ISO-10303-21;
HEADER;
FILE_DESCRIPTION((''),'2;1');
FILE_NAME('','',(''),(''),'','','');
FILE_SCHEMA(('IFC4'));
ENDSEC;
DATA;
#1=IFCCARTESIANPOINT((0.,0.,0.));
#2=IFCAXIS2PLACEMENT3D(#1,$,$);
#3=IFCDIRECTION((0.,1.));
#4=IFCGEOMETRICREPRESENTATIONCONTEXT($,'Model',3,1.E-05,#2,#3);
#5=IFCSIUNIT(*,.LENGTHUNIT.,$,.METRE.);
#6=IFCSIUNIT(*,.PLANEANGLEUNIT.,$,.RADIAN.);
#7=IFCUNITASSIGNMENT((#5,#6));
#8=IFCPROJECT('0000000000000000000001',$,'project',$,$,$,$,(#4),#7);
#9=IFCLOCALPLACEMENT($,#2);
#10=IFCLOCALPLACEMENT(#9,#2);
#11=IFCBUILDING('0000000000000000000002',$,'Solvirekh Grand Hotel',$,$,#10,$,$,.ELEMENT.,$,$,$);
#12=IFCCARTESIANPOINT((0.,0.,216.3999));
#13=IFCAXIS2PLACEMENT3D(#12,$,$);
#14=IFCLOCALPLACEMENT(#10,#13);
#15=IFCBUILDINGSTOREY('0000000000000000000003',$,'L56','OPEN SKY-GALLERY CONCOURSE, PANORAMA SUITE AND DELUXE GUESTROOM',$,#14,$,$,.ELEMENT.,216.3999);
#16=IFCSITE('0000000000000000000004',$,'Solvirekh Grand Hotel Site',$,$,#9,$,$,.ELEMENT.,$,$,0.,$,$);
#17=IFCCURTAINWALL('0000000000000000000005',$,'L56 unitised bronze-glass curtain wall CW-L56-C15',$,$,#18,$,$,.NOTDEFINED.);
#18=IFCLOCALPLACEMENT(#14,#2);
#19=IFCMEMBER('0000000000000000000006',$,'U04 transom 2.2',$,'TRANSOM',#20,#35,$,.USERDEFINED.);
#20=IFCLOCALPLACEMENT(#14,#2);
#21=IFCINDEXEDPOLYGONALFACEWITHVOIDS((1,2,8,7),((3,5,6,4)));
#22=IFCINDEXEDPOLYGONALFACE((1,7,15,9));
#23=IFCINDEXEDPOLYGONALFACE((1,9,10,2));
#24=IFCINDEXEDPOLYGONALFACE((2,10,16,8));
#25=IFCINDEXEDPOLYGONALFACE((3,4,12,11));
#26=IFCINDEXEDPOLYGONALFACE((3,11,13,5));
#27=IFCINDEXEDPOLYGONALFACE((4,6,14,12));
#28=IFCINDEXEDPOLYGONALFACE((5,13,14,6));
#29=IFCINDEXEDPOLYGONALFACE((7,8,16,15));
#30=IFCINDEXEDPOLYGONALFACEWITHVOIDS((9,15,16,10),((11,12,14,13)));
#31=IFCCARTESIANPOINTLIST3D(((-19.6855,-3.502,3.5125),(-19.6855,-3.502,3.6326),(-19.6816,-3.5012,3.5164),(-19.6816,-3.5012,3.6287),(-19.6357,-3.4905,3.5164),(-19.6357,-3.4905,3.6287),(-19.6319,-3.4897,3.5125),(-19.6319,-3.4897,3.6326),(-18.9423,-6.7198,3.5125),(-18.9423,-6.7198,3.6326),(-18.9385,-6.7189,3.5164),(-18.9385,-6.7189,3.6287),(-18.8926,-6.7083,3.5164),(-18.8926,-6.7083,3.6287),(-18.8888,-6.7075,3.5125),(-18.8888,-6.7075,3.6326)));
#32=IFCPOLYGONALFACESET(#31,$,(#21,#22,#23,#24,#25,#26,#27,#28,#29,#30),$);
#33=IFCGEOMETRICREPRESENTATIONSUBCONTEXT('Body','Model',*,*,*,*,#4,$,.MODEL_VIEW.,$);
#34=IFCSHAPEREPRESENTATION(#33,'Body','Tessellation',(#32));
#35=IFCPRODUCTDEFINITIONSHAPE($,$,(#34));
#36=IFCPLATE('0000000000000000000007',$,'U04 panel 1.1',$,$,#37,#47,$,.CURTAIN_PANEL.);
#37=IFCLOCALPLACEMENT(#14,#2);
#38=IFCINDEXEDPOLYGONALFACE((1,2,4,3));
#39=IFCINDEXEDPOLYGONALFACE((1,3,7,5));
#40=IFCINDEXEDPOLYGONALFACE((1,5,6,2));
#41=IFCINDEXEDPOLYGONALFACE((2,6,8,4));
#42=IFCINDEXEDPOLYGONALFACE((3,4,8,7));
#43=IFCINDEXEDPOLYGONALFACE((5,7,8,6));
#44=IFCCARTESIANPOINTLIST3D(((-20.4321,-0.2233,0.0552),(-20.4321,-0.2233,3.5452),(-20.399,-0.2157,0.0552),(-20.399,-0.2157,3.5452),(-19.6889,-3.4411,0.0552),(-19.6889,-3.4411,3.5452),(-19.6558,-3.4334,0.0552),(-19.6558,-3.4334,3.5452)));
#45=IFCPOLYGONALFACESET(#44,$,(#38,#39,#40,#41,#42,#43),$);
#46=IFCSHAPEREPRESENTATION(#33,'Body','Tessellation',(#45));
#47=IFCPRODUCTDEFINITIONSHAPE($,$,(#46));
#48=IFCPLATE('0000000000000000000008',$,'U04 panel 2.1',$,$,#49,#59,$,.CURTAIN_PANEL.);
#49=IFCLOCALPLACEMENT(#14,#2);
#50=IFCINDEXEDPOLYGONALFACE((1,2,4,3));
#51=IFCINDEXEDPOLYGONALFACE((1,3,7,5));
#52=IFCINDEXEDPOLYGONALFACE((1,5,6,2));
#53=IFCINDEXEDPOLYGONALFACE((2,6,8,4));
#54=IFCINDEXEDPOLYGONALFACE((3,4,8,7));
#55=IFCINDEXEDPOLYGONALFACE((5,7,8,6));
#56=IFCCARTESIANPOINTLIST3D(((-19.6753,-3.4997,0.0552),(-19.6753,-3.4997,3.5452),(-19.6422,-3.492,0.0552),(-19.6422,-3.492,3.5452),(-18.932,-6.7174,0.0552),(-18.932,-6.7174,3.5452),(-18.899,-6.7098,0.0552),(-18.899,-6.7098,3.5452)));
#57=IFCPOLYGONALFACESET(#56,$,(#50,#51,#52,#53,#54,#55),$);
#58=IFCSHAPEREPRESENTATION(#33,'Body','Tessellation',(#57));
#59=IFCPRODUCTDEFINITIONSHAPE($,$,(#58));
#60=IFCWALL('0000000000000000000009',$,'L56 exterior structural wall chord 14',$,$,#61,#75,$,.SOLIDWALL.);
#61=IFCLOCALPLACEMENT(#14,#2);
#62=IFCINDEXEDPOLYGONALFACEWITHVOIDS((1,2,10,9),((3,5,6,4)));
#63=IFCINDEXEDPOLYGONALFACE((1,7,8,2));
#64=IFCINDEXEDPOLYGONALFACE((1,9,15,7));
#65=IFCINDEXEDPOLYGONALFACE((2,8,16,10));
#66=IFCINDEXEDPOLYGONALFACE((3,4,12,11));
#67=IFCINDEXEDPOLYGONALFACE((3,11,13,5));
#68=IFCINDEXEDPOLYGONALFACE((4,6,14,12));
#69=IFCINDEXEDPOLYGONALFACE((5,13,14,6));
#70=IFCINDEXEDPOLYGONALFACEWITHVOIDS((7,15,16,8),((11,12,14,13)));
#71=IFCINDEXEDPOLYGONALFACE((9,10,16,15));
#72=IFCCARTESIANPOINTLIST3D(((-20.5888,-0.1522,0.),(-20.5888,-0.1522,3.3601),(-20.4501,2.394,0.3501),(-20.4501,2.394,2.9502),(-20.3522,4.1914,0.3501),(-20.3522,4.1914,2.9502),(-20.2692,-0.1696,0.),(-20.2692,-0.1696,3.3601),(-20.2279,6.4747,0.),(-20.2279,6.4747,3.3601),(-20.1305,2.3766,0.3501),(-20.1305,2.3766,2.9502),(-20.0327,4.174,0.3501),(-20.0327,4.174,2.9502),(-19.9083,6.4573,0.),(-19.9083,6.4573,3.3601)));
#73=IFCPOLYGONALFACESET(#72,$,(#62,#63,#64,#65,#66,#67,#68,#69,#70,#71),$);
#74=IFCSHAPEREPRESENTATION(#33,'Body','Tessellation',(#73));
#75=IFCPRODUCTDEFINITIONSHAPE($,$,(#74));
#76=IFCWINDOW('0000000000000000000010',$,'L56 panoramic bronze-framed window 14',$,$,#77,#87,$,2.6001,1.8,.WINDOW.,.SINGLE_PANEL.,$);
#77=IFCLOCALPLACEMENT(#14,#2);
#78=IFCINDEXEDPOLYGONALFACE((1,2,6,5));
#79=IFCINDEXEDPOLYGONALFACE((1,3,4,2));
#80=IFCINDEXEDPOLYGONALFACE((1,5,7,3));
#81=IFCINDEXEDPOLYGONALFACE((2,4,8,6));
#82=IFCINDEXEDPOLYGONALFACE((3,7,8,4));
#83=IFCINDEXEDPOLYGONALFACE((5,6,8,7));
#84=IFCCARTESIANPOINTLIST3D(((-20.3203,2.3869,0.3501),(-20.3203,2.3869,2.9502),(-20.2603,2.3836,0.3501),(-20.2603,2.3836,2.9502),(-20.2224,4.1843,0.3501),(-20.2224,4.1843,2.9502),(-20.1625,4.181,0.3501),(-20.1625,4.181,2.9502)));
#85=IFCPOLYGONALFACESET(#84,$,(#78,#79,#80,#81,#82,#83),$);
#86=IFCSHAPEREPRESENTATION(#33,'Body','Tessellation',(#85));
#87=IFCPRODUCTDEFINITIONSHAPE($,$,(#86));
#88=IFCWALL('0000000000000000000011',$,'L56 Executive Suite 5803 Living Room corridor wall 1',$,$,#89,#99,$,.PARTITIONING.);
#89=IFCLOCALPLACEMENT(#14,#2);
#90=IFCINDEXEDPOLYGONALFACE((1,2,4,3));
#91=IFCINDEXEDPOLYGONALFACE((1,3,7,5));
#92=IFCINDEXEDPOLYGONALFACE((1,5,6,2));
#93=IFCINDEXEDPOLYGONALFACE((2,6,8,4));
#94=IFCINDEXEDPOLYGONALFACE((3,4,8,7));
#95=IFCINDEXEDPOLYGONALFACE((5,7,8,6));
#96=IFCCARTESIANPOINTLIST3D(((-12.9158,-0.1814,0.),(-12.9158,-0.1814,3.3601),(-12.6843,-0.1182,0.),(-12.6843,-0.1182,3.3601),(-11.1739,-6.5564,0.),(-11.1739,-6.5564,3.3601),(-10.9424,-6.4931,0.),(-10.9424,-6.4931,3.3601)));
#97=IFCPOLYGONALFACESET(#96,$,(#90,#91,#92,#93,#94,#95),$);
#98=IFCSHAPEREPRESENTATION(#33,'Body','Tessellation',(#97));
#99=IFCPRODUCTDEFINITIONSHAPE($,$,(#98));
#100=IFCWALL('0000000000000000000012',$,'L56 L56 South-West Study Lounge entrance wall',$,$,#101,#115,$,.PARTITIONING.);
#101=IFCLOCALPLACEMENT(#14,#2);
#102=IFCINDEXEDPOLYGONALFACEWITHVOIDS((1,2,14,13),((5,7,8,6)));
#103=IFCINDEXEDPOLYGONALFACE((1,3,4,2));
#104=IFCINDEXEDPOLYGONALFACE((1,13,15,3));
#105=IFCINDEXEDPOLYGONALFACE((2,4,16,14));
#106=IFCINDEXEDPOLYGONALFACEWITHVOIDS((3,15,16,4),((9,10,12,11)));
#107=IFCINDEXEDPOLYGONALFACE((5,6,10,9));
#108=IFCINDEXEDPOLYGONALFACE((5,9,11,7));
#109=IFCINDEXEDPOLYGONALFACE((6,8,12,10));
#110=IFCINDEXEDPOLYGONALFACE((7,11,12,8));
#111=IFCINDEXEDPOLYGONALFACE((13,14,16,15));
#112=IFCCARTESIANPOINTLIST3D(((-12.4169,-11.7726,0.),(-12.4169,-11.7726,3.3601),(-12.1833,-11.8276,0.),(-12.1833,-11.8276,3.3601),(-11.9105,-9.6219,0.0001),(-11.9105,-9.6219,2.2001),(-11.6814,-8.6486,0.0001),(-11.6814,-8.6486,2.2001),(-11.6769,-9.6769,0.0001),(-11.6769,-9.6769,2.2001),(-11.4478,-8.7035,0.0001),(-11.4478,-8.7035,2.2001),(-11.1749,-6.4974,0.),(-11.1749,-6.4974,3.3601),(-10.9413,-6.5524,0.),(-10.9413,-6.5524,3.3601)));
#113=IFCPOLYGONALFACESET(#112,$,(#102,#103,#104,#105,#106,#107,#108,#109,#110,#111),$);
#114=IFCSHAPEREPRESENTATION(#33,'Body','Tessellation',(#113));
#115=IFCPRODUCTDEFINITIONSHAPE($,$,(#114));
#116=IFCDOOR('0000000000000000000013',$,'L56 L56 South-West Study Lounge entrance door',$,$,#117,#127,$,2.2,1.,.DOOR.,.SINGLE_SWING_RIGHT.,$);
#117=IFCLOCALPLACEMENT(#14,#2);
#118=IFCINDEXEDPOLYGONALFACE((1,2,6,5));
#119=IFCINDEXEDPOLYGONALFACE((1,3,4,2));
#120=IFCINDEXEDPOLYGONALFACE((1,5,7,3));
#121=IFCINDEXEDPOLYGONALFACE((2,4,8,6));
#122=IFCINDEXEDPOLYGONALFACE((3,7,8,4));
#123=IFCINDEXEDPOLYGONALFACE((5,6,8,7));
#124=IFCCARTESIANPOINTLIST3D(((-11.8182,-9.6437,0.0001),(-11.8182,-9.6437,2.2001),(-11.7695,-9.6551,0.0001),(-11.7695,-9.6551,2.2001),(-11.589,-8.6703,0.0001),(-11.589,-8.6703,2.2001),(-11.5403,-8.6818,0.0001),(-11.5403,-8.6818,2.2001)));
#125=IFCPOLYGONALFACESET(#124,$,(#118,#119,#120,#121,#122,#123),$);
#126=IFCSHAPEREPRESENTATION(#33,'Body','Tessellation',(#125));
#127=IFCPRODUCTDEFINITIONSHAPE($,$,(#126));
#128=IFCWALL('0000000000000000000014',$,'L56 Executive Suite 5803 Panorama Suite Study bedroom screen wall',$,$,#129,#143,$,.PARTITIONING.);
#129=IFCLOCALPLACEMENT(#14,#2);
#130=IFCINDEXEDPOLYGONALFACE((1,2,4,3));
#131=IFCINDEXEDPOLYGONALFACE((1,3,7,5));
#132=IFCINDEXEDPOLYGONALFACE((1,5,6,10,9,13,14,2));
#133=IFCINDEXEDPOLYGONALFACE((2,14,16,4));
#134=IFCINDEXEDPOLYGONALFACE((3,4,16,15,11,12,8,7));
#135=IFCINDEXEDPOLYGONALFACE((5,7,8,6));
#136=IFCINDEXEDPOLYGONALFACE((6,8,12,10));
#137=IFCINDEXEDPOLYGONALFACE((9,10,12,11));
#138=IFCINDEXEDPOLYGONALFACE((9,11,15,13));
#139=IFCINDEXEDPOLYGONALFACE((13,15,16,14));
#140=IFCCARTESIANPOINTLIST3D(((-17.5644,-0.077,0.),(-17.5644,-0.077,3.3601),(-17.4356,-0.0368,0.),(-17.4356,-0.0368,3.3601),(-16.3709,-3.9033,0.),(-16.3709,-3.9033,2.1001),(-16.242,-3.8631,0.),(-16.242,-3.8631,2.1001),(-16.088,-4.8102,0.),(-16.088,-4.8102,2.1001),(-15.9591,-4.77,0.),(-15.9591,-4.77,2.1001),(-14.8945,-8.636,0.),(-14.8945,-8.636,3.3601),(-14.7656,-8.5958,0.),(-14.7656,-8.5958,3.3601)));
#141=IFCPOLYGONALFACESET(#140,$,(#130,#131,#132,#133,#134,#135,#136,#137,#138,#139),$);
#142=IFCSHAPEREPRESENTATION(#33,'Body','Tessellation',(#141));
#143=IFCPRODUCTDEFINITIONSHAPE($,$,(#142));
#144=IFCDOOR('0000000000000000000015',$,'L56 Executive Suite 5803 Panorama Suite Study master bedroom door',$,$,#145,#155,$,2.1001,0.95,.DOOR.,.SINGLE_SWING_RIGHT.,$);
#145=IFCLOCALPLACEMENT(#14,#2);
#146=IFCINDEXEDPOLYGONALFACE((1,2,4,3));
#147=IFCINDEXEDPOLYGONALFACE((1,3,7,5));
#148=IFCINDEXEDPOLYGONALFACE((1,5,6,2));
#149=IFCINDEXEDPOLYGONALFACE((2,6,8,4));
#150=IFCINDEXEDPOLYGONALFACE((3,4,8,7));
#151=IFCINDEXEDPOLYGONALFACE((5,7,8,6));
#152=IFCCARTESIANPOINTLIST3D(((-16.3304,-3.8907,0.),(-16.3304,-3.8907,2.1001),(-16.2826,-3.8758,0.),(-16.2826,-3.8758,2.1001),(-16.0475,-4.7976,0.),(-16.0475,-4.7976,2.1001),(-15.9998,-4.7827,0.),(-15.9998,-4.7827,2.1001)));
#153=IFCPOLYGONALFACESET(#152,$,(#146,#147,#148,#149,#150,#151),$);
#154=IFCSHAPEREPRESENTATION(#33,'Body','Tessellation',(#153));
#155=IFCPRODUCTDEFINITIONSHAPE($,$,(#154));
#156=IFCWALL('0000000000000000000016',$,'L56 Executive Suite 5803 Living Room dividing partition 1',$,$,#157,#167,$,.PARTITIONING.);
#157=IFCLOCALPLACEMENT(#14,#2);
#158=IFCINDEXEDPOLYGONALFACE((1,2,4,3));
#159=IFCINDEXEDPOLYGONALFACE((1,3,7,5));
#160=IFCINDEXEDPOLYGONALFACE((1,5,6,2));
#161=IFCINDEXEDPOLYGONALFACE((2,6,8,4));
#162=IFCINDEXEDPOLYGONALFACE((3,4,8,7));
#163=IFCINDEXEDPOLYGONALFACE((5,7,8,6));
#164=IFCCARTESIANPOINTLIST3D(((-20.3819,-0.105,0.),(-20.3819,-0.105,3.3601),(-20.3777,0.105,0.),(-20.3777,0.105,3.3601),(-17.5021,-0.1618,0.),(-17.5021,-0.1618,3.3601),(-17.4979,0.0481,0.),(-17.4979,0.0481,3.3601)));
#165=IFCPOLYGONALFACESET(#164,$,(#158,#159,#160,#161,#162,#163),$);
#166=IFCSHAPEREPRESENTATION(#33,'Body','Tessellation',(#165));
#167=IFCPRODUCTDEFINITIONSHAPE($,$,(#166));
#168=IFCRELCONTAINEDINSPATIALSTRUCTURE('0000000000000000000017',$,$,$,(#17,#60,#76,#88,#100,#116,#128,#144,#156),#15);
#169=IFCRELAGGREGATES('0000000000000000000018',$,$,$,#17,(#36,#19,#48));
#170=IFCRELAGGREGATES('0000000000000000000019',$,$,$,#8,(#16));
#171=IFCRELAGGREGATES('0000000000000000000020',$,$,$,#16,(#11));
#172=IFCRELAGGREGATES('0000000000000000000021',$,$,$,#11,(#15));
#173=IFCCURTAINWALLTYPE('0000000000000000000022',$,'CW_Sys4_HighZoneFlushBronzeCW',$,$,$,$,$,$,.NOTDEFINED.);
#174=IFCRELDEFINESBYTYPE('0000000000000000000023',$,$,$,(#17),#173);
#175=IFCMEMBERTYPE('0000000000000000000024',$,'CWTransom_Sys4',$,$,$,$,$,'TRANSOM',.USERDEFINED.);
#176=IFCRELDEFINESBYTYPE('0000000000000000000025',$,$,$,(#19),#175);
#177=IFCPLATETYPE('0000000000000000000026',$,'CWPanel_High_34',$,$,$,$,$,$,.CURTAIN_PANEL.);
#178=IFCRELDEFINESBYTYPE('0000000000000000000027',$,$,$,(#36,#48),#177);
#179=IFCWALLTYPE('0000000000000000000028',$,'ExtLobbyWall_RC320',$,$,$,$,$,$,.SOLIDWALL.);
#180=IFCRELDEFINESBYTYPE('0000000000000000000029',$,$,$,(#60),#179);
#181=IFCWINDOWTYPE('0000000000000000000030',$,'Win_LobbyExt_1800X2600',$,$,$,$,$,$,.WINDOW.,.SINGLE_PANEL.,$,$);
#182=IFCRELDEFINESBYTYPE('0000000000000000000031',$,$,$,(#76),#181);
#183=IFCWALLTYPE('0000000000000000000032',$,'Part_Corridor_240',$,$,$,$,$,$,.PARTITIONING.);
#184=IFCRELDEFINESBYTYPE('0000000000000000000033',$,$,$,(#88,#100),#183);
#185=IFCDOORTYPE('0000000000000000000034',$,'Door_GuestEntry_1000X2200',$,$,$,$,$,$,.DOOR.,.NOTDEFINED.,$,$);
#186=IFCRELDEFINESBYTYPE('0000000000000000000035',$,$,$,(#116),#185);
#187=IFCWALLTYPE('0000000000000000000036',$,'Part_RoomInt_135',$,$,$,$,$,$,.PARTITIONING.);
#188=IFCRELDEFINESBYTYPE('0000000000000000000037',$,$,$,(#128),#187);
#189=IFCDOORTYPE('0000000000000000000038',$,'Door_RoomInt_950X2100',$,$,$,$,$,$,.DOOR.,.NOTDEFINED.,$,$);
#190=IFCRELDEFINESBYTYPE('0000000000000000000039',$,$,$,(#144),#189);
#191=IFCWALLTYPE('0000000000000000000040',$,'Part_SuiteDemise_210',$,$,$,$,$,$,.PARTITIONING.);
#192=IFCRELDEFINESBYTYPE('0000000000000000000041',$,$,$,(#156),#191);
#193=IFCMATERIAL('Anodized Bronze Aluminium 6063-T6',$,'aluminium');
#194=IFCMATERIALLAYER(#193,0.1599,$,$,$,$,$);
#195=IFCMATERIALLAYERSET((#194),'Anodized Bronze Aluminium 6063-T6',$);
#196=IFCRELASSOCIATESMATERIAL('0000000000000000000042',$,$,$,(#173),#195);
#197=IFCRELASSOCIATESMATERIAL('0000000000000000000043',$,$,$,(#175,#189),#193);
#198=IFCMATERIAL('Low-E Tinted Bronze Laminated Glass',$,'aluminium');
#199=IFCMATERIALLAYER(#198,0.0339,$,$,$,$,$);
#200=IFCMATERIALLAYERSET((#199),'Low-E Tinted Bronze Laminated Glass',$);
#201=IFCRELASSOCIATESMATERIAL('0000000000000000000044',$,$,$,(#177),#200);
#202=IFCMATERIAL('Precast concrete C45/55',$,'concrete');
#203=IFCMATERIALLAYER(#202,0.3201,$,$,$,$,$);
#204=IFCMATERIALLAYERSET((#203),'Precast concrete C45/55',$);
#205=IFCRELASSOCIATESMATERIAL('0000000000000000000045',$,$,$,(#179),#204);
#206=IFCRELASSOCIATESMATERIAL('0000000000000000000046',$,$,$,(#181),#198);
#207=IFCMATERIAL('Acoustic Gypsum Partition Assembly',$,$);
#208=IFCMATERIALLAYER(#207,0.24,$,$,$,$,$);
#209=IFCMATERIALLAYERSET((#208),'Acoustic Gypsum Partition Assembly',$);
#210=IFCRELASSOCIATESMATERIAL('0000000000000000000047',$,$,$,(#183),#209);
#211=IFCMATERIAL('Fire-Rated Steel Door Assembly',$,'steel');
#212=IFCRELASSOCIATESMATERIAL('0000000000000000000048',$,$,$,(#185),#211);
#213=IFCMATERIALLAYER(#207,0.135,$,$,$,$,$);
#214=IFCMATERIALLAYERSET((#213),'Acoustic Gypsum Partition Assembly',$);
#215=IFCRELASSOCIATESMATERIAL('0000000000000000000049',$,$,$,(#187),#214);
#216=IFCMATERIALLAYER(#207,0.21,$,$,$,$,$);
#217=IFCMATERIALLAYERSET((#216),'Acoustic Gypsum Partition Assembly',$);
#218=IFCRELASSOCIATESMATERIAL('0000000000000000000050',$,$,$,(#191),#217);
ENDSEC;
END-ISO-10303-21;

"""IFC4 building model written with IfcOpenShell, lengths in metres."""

from ifc_helpers import new_model, si_unit, direction, frame, frame_2d, origin, origin_2d, place, context, subcontext, project, spatial, rectangle, hollow_rectangle, extrude, source, transform, mapped, material, layer, layer_set, material_profile, profile_set, type_object, element, fill, aggregate, save


model = new_model("IFC4")

# Units and contexts
model_context = context("Model", 3, precision=1e-05, world=origin(), true_north=direction((0.0, 1.0)))
body_context = subcontext(model_context, "Body", "Model", "MODEL_VIEW")
ifc_project = project(units=[si_unit("LENGTHUNIT", "METRE"), si_unit("PLANEANGLEUNIT", "RADIAN")], contexts=[model_context])

# Site, building, storey
site_placement = place(None, origin())
site = spatial("IfcSite", under=ifc_project, at=site_placement, Name="Solvirekh Grand Hotel Site", CompositionType="ELEMENT", RefElevation=0.0)
building_placement = place(site_placement, origin())
building = spatial("IfcBuilding", under=site, at=building_placement, Name="Solvirekh Grand Hotel", CompositionType="ELEMENT")
storey_placement = place(building_placement, frame((0.0, 0.0, 216.3999)))
storey = spatial("IfcBuildingStorey", under=building, at=storey_placement, Name="L56", Description="OPEN SKY-GALLERY CONCOURSE, PANORAMA SUITE AND DELUXE GUESTROOM", CompositionType="ELEMENT", Elevation=216.3999)

# Curtain wall, member, plates
ifc_material_1 = material(Name="Anodized Bronze Aluminium 6063-T6", Category="aluminium")
ifc_layer_1 = layer(ifc_material_1, 0.1599)
ifc_layer_set_1 = layer_set([ifc_layer_1], Name="Anodized Bronze Aluminium 6063-T6")
curtain_wall_type = type_object("IfcCurtainWallType", Name="CW_Sys4_HighZoneFlushBronzeCW", PredefinedType="NOTDEFINED", material=ifc_layer_set_1)
curtain_wall_placement = place(storey_placement, origin())
curtain_wall = element("IfcCurtainWall", 1, at=curtain_wall_placement, inside=storey, type_object=curtain_wall_type, Name="L56 unitised bronze-glass curtain wall CW-L56-C15", PredefinedType="NOTDEFINED")
ifc_material_profile_1 = material_profile(ifc_material_1, hollow_rectangle(XDim=0.0549, YDim=0.1201, WallThickness=0.0039, at=origin_2d()), Name="ALU RHS 120X55X4")
ifc_profile_set_1 = profile_set([ifc_material_profile_1], Name="Anodized Bronze Aluminium 6063-T6")
member_type_1 = type_object("IfcMemberType", Name="CWTransom_Sys4", ElementType="TRANSOM", PredefinedType="USERDEFINED", material=ifc_profile_set_1)
shared_shape_1 = source(origin(), body_context, "Body", "SweptSolid", [
    extrude(hollow_rectangle(XDim=0.0549, YDim=0.1201, WallThickness=0.0039, at=origin_2d()), origin(), (0.0, 0.0, 1.0), 3.3025),
])
member_1_placement = place(storey_placement, frame((-19.6587, -3.4958, 3.5725), z_axis=(0.225032, -0.974351, 0.0), x_axis=(0.974351, 0.225032, 0.0)))
member_1 = element("IfcMember", 2, at=member_1_placement, type_object=member_type_1, Name="U04 transom 2.2", ObjectType="TRANSOM", PredefinedType="USERDEFINED", context=body_context, shape_type="MappedRepresentation", body=[
    mapped(shared_shape_1, transform((0.0, 0.0, 0.0), x_axis=(1.0, 0.0, 0.0), y_axis=(0.0, 1.0, 0.0), z_axis=(0.0, 0.0, 1.0), scale=1.0)),
])
ifc_material_2 = material(Name="Low-E Tinted Bronze Laminated Glass", Category="aluminium")
ifc_layer_2 = layer(ifc_material_2, 0.0339)
ifc_layer_set_2 = layer_set([ifc_layer_2], Name="Low-E Tinted Bronze Laminated Glass")
plate_type = type_object("IfcPlateType", Name="CWPanel_High_34", PredefinedType="CURTAIN_PANEL", material=ifc_layer_set_2)
shared_shape_2 = source(origin(), body_context, "Body", "SweptSolid", [
    extrude(rectangle(XDim=3.3025, YDim=0.0339, at=origin_2d()), origin(), (0.0, 0.0, 1.0), 3.49),
])
plate_1_placement = place(storey_placement, frame((-20.0439, -1.8284, 0.0552), z_axis=(0.0, 0.0, 1.0), x_axis=(0.225053, -0.974346, 0.0)))
plate_1 = element("IfcPlate", 3, at=plate_1_placement, type_object=plate_type, Name="U04 panel 1.1", PredefinedType="CURTAIN_PANEL", context=body_context, shape_type="MappedRepresentation", body=[
    mapped(shared_shape_2, transform((0.0, 0.0, 0.0), x_axis=(1.0, 0.0, 0.0), y_axis=(0.0, 1.0, 0.0), z_axis=(0.0, 0.0, 1.0), scale=1.0)),
])
plate_2_placement = place(storey_placement, frame((-19.2871, -5.1047, 0.0552), z_axis=(0.0, 0.0, 1.0), x_axis=(0.225053, -0.974346, 0.0)))
plate_2 = element("IfcPlate", 4, at=plate_2_placement, type_object=plate_type, Name="U04 panel 2.1", PredefinedType="CURTAIN_PANEL", context=body_context, shape_type="MappedRepresentation", body=[
    mapped(shared_shape_2, transform((0.0, 0.0, 0.0), x_axis=(1.0, 0.0, 0.0), y_axis=(0.0, 1.0, 0.0), z_axis=(0.0, 0.0, 1.0), scale=1.0)),
])
aggregate(curtain_wall, [plate_1, member_1, plate_2])

# Wall, opening, window
ifc_material_3 = material(Name="Precast concrete C45/55", Category="concrete")
ifc_layer_3 = layer(ifc_material_3, 0.3201)
ifc_layer_set_3 = layer_set([ifc_layer_3], Name="Precast concrete C45/55")
wall_type_1 = type_object("IfcWallType", Name="ExtLobbyWall_RC320", PredefinedType="SOLIDWALL", material=ifc_layer_set_3)
wall_1_placement = place(storey_placement, frame((-20.429, -0.1609, 0.0), z_axis=(0.0, 0.0, 1.0), x_axis=(0.05437, 0.998521, 0.0)))
wall_1 = element("IfcWall", 5, at=wall_1_placement, inside=storey, type_object=wall_type_1, Name="L56 exterior structural wall chord 14", PredefinedType="SOLIDWALL", context=body_context, shape_type="SweptSolid", body=[
    extrude(rectangle(XDim=6.6367, YDim=0.3201, at=frame_2d((3.3184, 0.0))), origin(), (0.0, 0.0, 1.0), 3.3601),
])
opening_1_placement = place(wall_1_placement, frame((2.55, 0.0, 0.3501)))
opening_1 = element("IfcOpeningElement", 6, at=opening_1_placement, cuts=wall_1, PredefinedType="OPENING", context=body_context, shape_type="SweptSolid", body=[
    extrude(rectangle(XDim=1.8, YDim=2.6001, at=frame_2d((0.8999, 1.3))), frame((0.0, 0.1699, 0.0), z_axis=(0.0, -1.0, 0.0), x_axis=(1.0, 0.0, 0.0)), (0.0, 0.0, 1.0), 0.3401),
])
window_type = type_object("IfcWindowType", Name="Win_LobbyExt_1800X2600", PartitioningType="SINGLE_PANEL", PredefinedType="WINDOW", material=ifc_material_2)
window_placement = place(opening_1_placement, origin())
window = element("IfcWindow", 7, at=window_placement, inside=storey, type_object=window_type, Name="L56 panoramic bronze-framed window 14", OverallHeight=2.6001, OverallWidth=1.8, PartitioningType="SINGLE_PANEL", PredefinedType="WINDOW", context=body_context, shape_type="SweptSolid", body=[
    extrude(rectangle(XDim=1.8, YDim=2.6001, at=frame_2d((0.8999, 1.3))), frame((0.0, 0.03, 0.0), z_axis=(0.0, -1.0, 0.0), x_axis=(1.0, 0.0, 0.0)), (0.0, 0.0, 1.0), 0.0601),
])
fill(opening_1, window)

# Wall
ifc_material_4 = material(Name="Acoustic Gypsum Partition Assembly")
ifc_layer_4 = layer(ifc_material_4, 0.24)
ifc_layer_set_4 = layer_set([ifc_layer_4], Name="Acoustic Gypsum Partition Assembly")
wall_type_2 = type_object("IfcWallType", Name="Part_Corridor_240", PredefinedType="PARTITIONING", material=ifc_layer_set_4)
wall_2_placement = place(storey_placement, frame((-12.8, -0.1499, 0.0), z_axis=(0.0, 0.0, 1.0), x_axis=(0.263583, -0.964637, 0.0)))
element("IfcWall", 8, at=wall_2_placement, inside=storey, type_object=wall_type_2, Name="L56 Executive Suite 5803 Living Room corridor wall 1", PredefinedType="PARTITIONING", context=body_context, shape_type="SweptSolid", body=[
    extrude(rectangle(XDim=6.6086, YDim=0.24, at=frame_2d((3.3042, 0.0))), origin(), (0.0, 0.0, 1.0), 3.3601),
])

# Walls, openings, doors
wall_3_placement = place(storey_placement, frame((-11.0581, -6.5249, 0.0), z_axis=(0.0, 0.0, 1.0), x_axis=(-0.229167, -0.973387, 0.0)))
wall_3 = element("IfcWall", 9, at=wall_3_placement, inside=storey, type_object=wall_type_2, Name="L56 L56 South-West Study Lounge entrance wall", PredefinedType="PARTITIONING", context=body_context, shape_type="SweptSolid", body=[
    extrude(rectangle(XDim=5.4194, YDim=0.24, at=frame_2d((2.7097, 0.0))), origin(), (0.0, 0.0, 1.0), 3.3601),
])
opening_2_placement = place(wall_3_placement, frame((2.21, 0.0, 0.0)))
opening_2 = element("IfcOpeningElement", 10, at=opening_2_placement, cuts=wall_3, PredefinedType="OPENING", context=body_context, shape_type="SweptSolid", body=[
    extrude(rectangle(XDim=1.0, YDim=2.2, at=frame_2d((0.5, 1.1001))), frame((0.0, 0.1299, 0.0), z_axis=(0.0, -1.0, 0.0), x_axis=(1.0, 0.0, 0.0)), (0.0, 0.0, 1.0), 0.26),
])
ifc_material_5 = material(Name="Fire-Rated Steel Door Assembly", Category="steel")
door_type_1 = type_object("IfcDoorType", Name="Door_GuestEntry_1000X2200", OperationType="NOTDEFINED", PredefinedType="DOOR", material=ifc_material_5)
door_1_placement = place(opening_2_placement, origin())
door_1 = element("IfcDoor", 11, at=door_1_placement, inside=storey, type_object=door_type_1, Name="L56 L56 South-West Study Lounge entrance door", OperationType="SINGLE_SWING_RIGHT", OverallHeight=2.2, OverallWidth=1.0, PredefinedType="DOOR", context=body_context, shape_type="SweptSolid", body=[
    extrude(rectangle(XDim=1.0, YDim=2.2, at=frame_2d((0.5, 1.1001))), frame((0.0, 0.0249, 0.0), z_axis=(0.0, -1.0, 0.0), x_axis=(1.0, 0.0, 0.0)), (0.0, 0.0, 1.0), 0.05),
])
fill(opening_2, door_1)
ifc_layer_5 = layer(ifc_material_4, 0.135)
ifc_layer_set_5 = layer_set([ifc_layer_5], Name="Acoustic Gypsum Partition Assembly")
wall_type_3 = type_object("IfcWallType", Name="Part_RoomInt_135", PredefinedType="PARTITIONING", material=ifc_layer_set_5)
wall_4_placement = place(storey_placement, frame((-17.5, -0.0569, 0.0), z_axis=(0.0, 0.0, 1.0), x_axis=(0.297788, -0.954632, 0.0)))
wall_4 = element("IfcWall", 12, at=wall_4_placement, inside=storey, type_object=wall_type_3, Name="L56 Executive Suite 5803 Panorama Suite Study bedroom screen wall", PredefinedType="PARTITIONING", context=body_context, shape_type="SweptSolid", body=[
    extrude(rectangle(XDim=8.9658, YDim=0.135, at=frame_2d((4.4829, 0.0))), origin(), (0.0, 0.0, 1.0), 3.3601),
])
opening_3_placement = place(wall_4_placement, frame((4.0081, 0.0, 0.0)))
opening_3 = element("IfcOpeningElement", 13, at=opening_3_placement, cuts=wall_4, PredefinedType="OPENING", context=body_context, shape_type="SweptSolid", body=[
    extrude(rectangle(XDim=0.95, YDim=2.1001, at=frame_2d((0.4751, 1.05))), frame((0.0, 0.0776, 0.0), z_axis=(0.0, -1.0, 0.0), x_axis=(1.0, 0.0, 0.0)), (0.0, 0.0, 1.0), 0.155),
])
door_type_2 = type_object("IfcDoorType", Name="Door_RoomInt_950X2100", OperationType="NOTDEFINED", PredefinedType="DOOR", material=ifc_material_1)
door_2_placement = place(opening_3_placement, origin())
door_2 = element("IfcDoor", 14, at=door_2_placement, inside=storey, type_object=door_type_2, Name="L56 Executive Suite 5803 Panorama Suite Study master bedroom door", OperationType="SINGLE_SWING_RIGHT", OverallHeight=2.1001, OverallWidth=0.95, PredefinedType="DOOR", context=body_context, shape_type="SweptSolid", body=[
    extrude(rectangle(XDim=0.95, YDim=2.1001, at=frame_2d((0.4751, 1.05))), frame((0.0, 0.0249, 0.0), z_axis=(0.0, -1.0, 0.0), x_axis=(1.0, 0.0, 0.0)), (0.0, 0.0, 1.0), 0.05),
])
fill(opening_3, door_2)

# Wall
ifc_layer_6 = layer(ifc_material_4, 0.21)
ifc_layer_set_6 = layer_set([ifc_layer_6], Name="Acoustic Gypsum Partition Assembly")
wall_type_4 = type_object("IfcWallType", Name="Part_SuiteDemise_210", PredefinedType="PARTITIONING", material=ifc_layer_set_6)
wall_5_placement = place(storey_placement, frame((-17.5, -0.0569, 0.0), z_axis=(0.0, 0.0, 1.0), x_axis=(-0.999805, 0.019749, 0.0)))
element("IfcWall", 15, at=wall_5_placement, inside=storey, type_object=wall_type_4, Name="L56 Executive Suite 5803 Living Room dividing partition 1", PredefinedType="PARTITIONING", context=body_context, shape_type="SweptSolid", body=[
    extrude(rectangle(XDim=2.8804, YDim=0.21, at=frame_2d((1.4402, 0.0))), origin(), (0.0, 0.0, 1.0), 3.3601),
])

save(model, "model.ifc")
